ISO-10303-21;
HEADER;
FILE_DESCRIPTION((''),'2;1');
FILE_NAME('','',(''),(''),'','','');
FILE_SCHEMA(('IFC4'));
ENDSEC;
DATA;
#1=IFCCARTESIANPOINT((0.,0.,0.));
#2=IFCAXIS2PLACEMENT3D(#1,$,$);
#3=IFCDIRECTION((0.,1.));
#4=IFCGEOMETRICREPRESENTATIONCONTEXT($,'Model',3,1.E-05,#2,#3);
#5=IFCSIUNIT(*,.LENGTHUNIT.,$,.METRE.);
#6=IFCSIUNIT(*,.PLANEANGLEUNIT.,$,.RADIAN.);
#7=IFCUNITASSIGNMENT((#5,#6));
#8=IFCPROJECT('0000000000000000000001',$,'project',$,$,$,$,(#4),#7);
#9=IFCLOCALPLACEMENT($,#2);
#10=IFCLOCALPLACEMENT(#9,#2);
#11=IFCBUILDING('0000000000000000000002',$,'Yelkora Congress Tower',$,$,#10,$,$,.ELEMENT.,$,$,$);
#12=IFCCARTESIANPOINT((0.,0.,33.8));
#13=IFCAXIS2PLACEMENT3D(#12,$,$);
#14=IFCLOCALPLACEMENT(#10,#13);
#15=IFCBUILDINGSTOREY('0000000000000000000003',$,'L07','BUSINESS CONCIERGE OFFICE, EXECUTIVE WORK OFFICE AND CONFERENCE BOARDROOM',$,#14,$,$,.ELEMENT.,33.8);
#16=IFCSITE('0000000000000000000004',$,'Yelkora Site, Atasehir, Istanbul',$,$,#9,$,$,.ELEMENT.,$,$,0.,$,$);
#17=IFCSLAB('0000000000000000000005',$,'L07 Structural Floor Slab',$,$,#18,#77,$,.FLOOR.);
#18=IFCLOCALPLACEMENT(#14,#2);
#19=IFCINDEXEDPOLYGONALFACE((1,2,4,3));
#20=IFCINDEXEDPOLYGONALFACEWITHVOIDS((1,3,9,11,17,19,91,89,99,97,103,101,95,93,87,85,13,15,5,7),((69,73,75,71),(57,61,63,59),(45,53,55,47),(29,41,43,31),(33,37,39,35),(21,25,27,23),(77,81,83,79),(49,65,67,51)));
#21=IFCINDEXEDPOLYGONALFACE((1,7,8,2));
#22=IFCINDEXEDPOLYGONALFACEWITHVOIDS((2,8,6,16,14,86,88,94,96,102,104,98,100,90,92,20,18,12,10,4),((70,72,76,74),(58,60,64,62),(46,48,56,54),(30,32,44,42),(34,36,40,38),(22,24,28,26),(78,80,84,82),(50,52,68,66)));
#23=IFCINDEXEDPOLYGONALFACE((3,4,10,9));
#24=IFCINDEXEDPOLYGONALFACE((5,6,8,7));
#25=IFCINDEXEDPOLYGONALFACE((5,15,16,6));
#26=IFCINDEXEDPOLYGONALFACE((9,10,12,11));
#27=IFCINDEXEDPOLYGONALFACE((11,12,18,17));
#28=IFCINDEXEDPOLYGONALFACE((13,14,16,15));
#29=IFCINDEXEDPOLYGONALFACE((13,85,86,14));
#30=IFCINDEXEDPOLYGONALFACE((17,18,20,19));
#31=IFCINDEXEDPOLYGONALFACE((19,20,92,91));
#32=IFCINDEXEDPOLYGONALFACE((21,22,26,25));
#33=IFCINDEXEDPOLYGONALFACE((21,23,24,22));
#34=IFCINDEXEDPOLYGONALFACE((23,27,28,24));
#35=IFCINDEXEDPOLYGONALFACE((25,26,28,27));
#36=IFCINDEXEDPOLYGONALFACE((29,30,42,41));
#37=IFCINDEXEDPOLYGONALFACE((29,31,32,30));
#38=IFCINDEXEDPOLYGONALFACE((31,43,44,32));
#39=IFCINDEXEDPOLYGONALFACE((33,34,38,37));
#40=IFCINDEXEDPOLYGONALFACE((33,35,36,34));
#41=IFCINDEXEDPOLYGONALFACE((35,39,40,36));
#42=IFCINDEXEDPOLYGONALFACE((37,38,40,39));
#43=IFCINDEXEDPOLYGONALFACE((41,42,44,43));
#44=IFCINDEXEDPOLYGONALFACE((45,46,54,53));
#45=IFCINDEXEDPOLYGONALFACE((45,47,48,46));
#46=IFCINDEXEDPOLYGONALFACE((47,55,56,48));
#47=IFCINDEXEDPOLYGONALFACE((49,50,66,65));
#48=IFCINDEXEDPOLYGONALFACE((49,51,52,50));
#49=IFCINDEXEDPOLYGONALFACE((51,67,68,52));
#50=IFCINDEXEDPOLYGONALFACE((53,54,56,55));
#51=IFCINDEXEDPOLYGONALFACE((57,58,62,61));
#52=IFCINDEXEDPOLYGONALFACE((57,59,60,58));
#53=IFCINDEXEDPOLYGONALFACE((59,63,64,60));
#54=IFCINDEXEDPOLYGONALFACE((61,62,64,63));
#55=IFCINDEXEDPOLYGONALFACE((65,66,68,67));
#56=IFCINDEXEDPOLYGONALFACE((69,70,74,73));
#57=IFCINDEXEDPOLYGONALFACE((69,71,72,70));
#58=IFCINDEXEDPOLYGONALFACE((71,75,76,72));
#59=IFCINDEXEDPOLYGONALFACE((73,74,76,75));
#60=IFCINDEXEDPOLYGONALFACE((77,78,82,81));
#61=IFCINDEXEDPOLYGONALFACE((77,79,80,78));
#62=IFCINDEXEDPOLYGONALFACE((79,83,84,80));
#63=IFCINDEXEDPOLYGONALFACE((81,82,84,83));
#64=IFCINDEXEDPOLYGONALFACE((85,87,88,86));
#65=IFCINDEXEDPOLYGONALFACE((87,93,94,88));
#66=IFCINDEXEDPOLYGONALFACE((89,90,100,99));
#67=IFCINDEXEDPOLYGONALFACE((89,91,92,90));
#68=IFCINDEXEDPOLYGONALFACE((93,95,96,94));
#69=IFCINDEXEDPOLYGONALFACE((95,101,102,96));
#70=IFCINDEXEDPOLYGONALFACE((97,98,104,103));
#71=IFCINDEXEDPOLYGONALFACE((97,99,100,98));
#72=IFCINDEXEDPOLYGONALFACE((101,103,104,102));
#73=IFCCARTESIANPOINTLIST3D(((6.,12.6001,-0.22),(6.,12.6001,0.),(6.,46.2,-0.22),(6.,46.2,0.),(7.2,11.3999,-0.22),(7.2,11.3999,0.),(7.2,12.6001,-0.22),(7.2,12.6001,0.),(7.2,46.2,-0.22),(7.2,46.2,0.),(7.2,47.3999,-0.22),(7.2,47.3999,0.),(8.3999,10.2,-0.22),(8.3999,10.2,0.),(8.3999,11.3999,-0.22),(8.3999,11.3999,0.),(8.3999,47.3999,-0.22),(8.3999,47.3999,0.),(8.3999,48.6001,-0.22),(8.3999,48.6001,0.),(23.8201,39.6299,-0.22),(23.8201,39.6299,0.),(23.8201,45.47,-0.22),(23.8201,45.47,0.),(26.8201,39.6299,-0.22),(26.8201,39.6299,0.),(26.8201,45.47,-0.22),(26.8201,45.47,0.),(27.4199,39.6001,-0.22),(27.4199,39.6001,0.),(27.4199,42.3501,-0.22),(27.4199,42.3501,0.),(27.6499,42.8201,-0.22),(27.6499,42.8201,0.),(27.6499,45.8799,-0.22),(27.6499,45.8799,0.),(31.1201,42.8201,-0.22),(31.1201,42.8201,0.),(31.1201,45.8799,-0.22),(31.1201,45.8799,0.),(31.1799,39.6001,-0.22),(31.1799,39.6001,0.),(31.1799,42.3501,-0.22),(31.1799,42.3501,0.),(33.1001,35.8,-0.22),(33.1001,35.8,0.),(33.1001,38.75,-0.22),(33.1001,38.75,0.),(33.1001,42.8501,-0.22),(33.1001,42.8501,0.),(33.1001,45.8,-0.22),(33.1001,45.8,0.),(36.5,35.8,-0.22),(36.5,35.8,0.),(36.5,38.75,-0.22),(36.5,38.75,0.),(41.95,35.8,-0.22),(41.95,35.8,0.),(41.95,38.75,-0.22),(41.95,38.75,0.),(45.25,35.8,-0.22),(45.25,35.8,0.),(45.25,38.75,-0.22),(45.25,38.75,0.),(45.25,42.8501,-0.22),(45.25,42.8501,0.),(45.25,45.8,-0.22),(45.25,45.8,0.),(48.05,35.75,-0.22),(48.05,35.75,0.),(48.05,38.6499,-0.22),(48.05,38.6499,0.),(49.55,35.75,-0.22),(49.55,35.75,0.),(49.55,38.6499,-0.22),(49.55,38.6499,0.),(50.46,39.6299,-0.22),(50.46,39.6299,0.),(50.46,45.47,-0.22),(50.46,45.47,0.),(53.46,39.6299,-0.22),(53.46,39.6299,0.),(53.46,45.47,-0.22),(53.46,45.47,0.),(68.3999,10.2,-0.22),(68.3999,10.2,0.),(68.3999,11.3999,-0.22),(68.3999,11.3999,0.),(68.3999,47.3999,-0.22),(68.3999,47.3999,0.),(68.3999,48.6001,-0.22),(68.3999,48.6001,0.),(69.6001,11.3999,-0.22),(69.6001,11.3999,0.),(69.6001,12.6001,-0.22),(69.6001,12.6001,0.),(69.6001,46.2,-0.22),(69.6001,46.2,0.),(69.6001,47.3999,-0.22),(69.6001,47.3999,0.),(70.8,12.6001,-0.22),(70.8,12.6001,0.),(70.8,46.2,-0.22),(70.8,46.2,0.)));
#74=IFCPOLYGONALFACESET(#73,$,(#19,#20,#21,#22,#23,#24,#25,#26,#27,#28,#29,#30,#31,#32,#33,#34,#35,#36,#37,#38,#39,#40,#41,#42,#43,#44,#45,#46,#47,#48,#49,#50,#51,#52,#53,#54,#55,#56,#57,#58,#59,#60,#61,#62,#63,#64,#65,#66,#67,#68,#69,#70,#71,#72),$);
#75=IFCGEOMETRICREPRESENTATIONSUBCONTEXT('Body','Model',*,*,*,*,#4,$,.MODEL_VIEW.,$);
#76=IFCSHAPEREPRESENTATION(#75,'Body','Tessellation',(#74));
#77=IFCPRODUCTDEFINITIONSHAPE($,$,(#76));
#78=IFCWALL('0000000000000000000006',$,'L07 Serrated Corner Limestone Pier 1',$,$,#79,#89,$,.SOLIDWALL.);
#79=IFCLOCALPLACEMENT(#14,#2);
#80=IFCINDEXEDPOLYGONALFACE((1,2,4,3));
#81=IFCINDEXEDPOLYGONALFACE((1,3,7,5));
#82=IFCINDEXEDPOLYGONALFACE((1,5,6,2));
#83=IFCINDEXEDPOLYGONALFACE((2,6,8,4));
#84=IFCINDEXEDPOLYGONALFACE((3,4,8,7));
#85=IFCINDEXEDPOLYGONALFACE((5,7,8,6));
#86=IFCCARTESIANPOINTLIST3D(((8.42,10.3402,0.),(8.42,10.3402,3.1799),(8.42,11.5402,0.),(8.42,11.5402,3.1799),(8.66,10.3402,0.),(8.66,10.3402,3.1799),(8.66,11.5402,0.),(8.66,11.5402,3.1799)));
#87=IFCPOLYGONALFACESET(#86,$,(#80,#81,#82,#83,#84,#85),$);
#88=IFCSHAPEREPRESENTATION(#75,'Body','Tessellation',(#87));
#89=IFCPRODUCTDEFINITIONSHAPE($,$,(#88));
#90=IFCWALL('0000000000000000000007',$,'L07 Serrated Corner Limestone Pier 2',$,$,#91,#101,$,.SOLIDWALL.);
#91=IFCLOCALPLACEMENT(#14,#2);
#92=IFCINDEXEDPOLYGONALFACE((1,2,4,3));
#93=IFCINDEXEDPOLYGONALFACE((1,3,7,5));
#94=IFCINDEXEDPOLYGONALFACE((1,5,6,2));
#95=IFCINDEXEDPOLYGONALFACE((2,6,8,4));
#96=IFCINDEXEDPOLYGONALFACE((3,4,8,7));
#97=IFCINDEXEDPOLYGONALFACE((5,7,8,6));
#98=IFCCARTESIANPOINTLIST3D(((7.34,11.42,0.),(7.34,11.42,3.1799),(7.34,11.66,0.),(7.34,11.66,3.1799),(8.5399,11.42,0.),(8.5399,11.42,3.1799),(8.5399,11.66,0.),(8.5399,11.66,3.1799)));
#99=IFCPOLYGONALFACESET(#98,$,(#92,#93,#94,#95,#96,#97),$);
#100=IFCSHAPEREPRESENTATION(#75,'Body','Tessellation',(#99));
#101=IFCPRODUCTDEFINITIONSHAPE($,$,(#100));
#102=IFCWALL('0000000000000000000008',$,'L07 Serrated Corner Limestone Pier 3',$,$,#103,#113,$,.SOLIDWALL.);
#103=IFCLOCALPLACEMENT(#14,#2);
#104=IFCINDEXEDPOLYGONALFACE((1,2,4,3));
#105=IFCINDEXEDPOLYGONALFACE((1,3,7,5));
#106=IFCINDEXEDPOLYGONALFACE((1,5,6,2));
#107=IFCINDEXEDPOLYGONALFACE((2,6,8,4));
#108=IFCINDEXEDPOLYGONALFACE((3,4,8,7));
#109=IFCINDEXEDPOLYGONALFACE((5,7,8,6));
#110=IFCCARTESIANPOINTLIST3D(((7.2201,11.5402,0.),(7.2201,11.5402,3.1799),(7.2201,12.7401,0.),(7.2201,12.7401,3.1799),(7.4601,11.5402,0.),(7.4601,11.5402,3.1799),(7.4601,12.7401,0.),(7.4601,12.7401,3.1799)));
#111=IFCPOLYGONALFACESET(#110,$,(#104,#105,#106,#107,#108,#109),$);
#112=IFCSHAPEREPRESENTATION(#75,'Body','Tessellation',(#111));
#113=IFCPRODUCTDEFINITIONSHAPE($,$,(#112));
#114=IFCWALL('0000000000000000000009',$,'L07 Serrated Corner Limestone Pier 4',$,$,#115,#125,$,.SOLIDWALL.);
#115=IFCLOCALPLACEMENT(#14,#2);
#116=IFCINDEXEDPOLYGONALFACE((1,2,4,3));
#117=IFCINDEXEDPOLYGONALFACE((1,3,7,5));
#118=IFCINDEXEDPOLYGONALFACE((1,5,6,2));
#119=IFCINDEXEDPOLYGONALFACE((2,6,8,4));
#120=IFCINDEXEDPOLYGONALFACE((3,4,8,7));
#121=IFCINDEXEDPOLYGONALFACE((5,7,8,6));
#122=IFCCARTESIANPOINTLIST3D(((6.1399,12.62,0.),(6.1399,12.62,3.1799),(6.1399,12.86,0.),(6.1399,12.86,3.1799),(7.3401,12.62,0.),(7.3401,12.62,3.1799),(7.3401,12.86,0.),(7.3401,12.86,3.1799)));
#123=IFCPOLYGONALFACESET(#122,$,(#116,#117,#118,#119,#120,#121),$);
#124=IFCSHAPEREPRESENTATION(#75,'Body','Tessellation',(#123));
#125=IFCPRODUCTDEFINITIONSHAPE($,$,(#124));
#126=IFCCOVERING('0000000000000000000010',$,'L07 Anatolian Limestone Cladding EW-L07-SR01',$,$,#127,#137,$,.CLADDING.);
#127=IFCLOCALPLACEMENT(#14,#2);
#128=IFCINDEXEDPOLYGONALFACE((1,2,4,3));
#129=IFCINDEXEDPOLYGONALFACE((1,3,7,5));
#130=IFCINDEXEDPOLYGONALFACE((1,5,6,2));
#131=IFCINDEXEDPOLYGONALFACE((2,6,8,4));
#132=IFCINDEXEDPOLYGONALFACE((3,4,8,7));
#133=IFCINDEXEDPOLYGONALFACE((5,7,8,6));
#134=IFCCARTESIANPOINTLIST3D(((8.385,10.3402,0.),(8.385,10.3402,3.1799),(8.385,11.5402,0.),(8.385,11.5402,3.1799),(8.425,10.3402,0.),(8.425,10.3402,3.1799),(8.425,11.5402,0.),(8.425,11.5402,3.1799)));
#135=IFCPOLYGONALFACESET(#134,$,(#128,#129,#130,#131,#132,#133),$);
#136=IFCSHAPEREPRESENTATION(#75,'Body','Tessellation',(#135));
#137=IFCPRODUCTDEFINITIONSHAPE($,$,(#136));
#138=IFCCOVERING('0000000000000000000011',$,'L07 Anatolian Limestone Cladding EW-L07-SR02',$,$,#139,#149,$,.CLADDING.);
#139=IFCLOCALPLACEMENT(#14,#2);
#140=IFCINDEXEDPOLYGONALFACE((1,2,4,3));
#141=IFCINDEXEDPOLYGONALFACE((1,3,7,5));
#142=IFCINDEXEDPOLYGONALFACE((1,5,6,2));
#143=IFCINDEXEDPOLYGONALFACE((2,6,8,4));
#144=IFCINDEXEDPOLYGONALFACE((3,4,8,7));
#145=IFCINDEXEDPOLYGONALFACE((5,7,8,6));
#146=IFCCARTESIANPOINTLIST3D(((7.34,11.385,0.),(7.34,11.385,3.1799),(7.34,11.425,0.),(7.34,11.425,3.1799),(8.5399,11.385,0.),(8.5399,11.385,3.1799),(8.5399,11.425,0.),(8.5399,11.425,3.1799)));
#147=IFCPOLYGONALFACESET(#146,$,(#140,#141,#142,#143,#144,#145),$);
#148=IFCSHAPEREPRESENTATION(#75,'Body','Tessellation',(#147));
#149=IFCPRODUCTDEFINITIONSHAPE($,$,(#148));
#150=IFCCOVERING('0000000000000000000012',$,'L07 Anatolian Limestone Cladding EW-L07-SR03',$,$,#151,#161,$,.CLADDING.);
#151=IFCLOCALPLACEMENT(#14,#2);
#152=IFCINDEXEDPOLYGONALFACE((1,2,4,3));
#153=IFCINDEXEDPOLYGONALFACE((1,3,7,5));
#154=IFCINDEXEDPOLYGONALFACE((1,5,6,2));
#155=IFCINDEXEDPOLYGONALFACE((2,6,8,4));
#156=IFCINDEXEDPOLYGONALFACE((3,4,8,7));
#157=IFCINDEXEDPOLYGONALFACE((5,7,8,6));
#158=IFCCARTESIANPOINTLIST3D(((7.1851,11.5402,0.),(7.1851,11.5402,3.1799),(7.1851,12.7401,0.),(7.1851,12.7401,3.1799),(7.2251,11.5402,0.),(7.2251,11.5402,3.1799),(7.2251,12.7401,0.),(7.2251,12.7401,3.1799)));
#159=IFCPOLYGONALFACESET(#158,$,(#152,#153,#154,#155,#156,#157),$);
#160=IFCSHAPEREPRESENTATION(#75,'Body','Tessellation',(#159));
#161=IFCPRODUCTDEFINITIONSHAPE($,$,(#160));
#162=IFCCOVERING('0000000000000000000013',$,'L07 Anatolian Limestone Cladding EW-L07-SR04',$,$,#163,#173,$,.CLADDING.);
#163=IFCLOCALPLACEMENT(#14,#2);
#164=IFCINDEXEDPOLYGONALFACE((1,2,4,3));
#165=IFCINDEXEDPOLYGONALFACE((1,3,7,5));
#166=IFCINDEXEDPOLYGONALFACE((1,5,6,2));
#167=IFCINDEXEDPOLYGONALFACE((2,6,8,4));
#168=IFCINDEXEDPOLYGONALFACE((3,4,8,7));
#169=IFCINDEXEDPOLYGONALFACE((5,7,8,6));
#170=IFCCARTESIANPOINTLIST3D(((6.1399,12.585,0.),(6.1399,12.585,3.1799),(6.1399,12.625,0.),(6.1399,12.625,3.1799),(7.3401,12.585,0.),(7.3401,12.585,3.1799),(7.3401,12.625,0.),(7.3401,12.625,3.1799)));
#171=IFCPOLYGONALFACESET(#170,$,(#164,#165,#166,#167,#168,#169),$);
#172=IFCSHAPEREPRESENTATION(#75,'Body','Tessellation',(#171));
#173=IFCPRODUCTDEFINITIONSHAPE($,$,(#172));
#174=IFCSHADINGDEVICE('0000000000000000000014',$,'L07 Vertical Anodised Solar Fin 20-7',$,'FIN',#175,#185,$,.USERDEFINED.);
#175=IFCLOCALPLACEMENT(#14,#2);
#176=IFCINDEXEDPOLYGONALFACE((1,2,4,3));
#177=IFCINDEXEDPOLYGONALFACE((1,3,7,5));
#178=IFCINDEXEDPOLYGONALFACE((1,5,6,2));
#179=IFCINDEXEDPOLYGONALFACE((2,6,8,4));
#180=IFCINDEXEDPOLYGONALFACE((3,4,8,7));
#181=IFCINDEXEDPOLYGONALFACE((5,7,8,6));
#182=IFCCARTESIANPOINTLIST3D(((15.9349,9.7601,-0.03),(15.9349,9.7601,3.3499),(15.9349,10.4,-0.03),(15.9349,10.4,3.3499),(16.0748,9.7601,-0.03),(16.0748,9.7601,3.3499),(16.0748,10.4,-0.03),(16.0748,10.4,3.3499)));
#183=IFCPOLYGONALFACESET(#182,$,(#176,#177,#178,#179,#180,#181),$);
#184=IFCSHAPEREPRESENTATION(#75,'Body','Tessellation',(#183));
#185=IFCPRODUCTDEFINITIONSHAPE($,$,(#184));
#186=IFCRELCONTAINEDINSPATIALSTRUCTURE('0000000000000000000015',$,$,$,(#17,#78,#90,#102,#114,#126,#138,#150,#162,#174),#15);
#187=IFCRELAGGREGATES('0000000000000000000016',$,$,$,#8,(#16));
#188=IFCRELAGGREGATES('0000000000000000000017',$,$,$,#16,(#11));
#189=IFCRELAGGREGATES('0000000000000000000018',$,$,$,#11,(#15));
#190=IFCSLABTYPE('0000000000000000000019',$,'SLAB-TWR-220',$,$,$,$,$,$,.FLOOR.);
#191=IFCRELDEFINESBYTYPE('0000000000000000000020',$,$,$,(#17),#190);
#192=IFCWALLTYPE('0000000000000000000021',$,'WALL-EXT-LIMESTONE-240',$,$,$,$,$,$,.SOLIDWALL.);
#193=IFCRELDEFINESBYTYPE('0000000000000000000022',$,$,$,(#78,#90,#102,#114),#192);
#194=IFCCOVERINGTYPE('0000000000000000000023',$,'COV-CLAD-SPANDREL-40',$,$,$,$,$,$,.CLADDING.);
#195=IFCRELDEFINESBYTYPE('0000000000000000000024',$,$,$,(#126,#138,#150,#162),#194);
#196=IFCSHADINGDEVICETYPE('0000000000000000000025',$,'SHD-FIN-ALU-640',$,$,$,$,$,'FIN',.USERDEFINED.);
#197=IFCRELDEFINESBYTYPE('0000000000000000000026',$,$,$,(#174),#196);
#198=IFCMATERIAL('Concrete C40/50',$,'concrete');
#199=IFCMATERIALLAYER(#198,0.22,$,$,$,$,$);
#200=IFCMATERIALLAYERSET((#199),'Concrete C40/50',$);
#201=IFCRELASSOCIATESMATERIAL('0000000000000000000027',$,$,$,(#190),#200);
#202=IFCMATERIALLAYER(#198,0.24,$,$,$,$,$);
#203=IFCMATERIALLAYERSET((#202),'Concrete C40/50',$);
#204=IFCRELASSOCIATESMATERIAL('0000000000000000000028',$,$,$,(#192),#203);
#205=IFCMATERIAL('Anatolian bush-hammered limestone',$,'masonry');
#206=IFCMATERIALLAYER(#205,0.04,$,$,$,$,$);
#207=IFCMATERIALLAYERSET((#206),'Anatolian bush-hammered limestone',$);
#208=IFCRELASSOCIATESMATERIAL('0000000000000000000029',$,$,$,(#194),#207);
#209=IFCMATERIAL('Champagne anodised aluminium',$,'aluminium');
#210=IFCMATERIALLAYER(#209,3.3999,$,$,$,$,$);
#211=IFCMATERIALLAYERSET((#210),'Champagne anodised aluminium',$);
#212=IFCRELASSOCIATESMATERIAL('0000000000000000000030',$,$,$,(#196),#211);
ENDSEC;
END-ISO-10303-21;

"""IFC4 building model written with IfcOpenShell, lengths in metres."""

from ifc_helpers import new_model, si_unit, direction, frame, frame_2d, origin, origin_2d, place, context, subcontext, project, spatial, polyline, rectangle, outline, extrude, material, layer, layer_set, type_object, element, save


model = new_model("IFC4")

# Units and contexts
model_context = context("Model", 3, precision=1e-05, world=origin(), true_north=direction((0.0, 1.0)))
body_context = subcontext(model_context, "Body", "Model", "MODEL_VIEW")
ifc_project = project(units=[si_unit("LENGTHUNIT", "METRE"), si_unit("PLANEANGLEUNIT", "RADIAN")], contexts=[model_context])

# Site, building, storey
site_placement = place(None, origin())
site = spatial("IfcSite", under=ifc_project, at=site_placement, Name="Yelkora Site, Atasehir, Istanbul", CompositionType="ELEMENT", RefElevation=0.0)
building_placement = place(site_placement, origin())
building = spatial("IfcBuilding", under=site, at=building_placement, Name="Yelkora Congress Tower", CompositionType="ELEMENT")
storey_placement = place(building_placement, frame((0.0, 0.0, 33.8)))
storey = spatial("IfcBuildingStorey", under=building, at=storey_placement, Name="L07", Description="BUSINESS CONCIERGE OFFICE, EXECUTIVE WORK OFFICE AND CONFERENCE BOARDROOM", CompositionType="ELEMENT", Elevation=33.8)

# Shared definitions
ifc_material_1 = material(Name="Concrete C40/50", Category="concrete")

# Slab
ifc_layer_1 = layer(ifc_material_1, 0.22)
ifc_layer_set_1 = layer_set([ifc_layer_1], Name="Concrete C40/50")
slab_type_1 = type_object("IfcSlabType", Name="SLAB-TWR-220", PredefinedType="FLOOR", material=ifc_layer_set_1)
slab_1_placement = place(storey_placement, frame((0.0, 0.0, -0.22)))
element("IfcSlab", 1, at=slab_1_placement, inside=storey, type_object=slab_type_1, Name="L07 Structural Floor Slab", PredefinedType="FLOOR", context=body_context, shape_type="SweptSolid", body=[
    extrude(outline(polyline([(8.3999, 10.2), (68.3999, 10.2), (68.3999, 11.3999), (69.6001, 11.3999), (69.6001, 12.6001), (70.8, 12.6001), (70.8, 46.2), (69.6001, 46.2), (69.6001, 47.3999), (68.3999, 47.3999), (68.3999, 48.6001), (8.3999, 48.6001), (8.3999, 47.3999), (7.2, 47.3999), (7.2, 46.2), (6.0, 46.2), (6.0, 12.6001), (7.2, 12.6001), (7.2, 11.3999), (8.3999, 11.3999), (8.3999, 10.2)]), holes=[polyline([(23.8201, 39.6299), (26.8201, 39.6299), (26.8201, 45.47), (23.8201, 45.47), (23.8201, 39.6299)]), polyline([(50.46, 39.6299), (53.46, 39.6299), (53.46, 45.47), (50.46, 45.47), (50.46, 39.6299)]), polyline([(48.05, 35.75), (49.55, 35.75), (49.55, 38.6499), (48.05, 38.6499), (48.05, 35.75)]), polyline([(41.95, 35.8), (45.25, 35.8), (45.25, 38.75), (41.95, 38.75), (41.95, 35.8)]), polyline([(33.1001, 42.8501), (45.25, 42.8501), (45.25, 45.8), (33.1001, 45.8), (33.1001, 42.8501)]), polyline([(33.1001, 35.8), (36.5, 35.8), (36.5, 38.75), (33.1001, 38.75), (33.1001, 35.8)]), polyline([(27.4199, 39.6001), (31.1799, 39.6001), (31.1799, 42.3501), (27.4199, 42.3501), (27.4199, 39.6001)]), polyline([(27.6499, 42.8201), (31.1201, 42.8201), (31.1201, 45.8799), (27.6499, 45.8799), (27.6499, 42.8201)])]), origin(), (0.0, 0.0, 1.0), 0.22),
])

# Walls
ifc_layer_2 = layer(ifc_material_1, 0.24)
ifc_layer_set_2 = layer_set([ifc_layer_2], Name="Concrete C40/50")
wall_type = type_object("IfcWallType", Name="WALL-EXT-LIMESTONE-240", PredefinedType="SOLIDWALL", material=ifc_layer_set_2)
for number, where, z_axis, x_axis, name in (
    (2, (8.54, 10.3401, 0.0), (0.0, 0.0, 1.0), (0.0, 1.0, 0.0), "L07 Serrated Corner Limestone Pier 1"),
    (3, (8.54, 11.54, 0.0), (0.0, 0.0, 1.0), (-1.0, 0.0, 0.0), "L07 Serrated Corner Limestone Pier 2"),
    (4, (7.3401, 11.54, 0.0), (0.0, 0.0, 1.0), (0.0, 1.0, 0.0), "L07 Serrated Corner Limestone Pier 3"),
):
    element("IfcWall", number, at=place(storey_placement, frame(where, z_axis=z_axis, x_axis=x_axis)), inside=storey, type_object=wall_type, Name=name, PredefinedType="SOLIDWALL", context=body_context, shape_type="SweptSolid", body=[
        extrude(rectangle(XDim=1.2, YDim=0.24, at=frame_2d((0.6001, 0.0))), origin(), (0.0, 0.0, 1.0), 3.1799),
    ])
wall_placement = place(storey_placement, frame((7.3401, 12.74, 0.0), z_axis=(0.0, 0.0, 1.0), x_axis=(-1.0, 0.0, 0.0)))
element("IfcWall", 5, at=wall_placement, inside=storey, type_object=wall_type, Name="L07 Serrated Corner Limestone Pier 4", PredefinedType="SOLIDWALL", context=body_context, shape_type="SweptSolid", body=[
    extrude(rectangle(XDim=1.2002, YDim=0.24, at=frame_2d((0.6001, 0.0))), origin(), (0.0, 0.0, 1.0), 3.1799),
])

# Coverings
ifc_material_2 = material(Name="Anatolian bush-hammered limestone", Category="masonry")
ifc_layer_3 = layer(ifc_material_2, 0.04)
ifc_layer_set_3 = layer_set([ifc_layer_3], Name="Anatolian bush-hammered limestone")
covering_type = type_object("IfcCoveringType", Name="COV-CLAD-SPANDREL-40", PredefinedType="CLADDING", material=ifc_layer_set_3)
for number, where, z_axis, x_axis, name in (
    (6, (8.405, 10.3401, 0.0), (0.0, 0.0, 1.0), (0.0, 1.0, 0.0), "L07 Anatolian Limestone Cladding EW-L07-SR01"),
    (7, (8.54, 11.405, 0.0), (0.0, 0.0, 1.0), (-1.0, 0.0, 0.0), "L07 Anatolian Limestone Cladding EW-L07-SR02"),
    (8, (7.2051, 11.54, 0.0), (0.0, 0.0, 1.0), (0.0, 1.0, 0.0), "L07 Anatolian Limestone Cladding EW-L07-SR03"),
):
    element("IfcCovering", number, at=place(storey_placement, frame(where, z_axis=z_axis, x_axis=x_axis)), inside=storey, type_object=covering_type, Name=name, PredefinedType="CLADDING", context=body_context, shape_type="SweptSolid", body=[
        extrude(rectangle(XDim=1.2, YDim=0.04, at=frame_2d((0.6001, 0.0))), origin(), (0.0, 0.0, 1.0), 3.1799),
    ])
covering_placement = place(storey_placement, frame((7.3401, 12.605, 0.0), z_axis=(0.0, 0.0, 1.0), x_axis=(-1.0, 0.0, 0.0)))
element("IfcCovering", 9, at=covering_placement, inside=storey, type_object=covering_type, Name="L07 Anatolian Limestone Cladding EW-L07-SR04", PredefinedType="CLADDING", context=body_context, shape_type="SweptSolid", body=[
    extrude(rectangle(XDim=1.2002, YDim=0.04, at=frame_2d((0.6001, 0.0))), origin(), (0.0, 0.0, 1.0), 3.1799),
])

# Shading device
ifc_material_3 = material(Name="Champagne anodised aluminium", Category="aluminium")
ifc_layer_4 = layer(ifc_material_3, 3.3999)
ifc_layer_set_4 = layer_set([ifc_layer_4], Name="Champagne anodised aluminium")
shading_device_type = type_object("IfcShadingDeviceType", Name="SHD-FIN-ALU-640", ElementType="FIN", PredefinedType="USERDEFINED", material=ifc_layer_set_4)
shading_device_placement = place(storey_placement, frame((16.0049, 10.0801, -0.03), z_axis=(0.0, 0.0, 1.0), x_axis=(-1.0, 0.0, 0.0)))
element("IfcShadingDevice", 10, at=shading_device_placement, inside=storey, type_object=shading_device_type, Name="L07 Vertical Anodised Solar Fin 20-7", ObjectType="FIN", PredefinedType="USERDEFINED", context=body_context, shape_type="SweptSolid", body=[
    extrude(rectangle(XDim=0.1399, YDim=0.6399, at=origin_2d()), origin(), (0.0, 0.0, 1.0), 3.3799),
])

save(model, "model.ifc")
